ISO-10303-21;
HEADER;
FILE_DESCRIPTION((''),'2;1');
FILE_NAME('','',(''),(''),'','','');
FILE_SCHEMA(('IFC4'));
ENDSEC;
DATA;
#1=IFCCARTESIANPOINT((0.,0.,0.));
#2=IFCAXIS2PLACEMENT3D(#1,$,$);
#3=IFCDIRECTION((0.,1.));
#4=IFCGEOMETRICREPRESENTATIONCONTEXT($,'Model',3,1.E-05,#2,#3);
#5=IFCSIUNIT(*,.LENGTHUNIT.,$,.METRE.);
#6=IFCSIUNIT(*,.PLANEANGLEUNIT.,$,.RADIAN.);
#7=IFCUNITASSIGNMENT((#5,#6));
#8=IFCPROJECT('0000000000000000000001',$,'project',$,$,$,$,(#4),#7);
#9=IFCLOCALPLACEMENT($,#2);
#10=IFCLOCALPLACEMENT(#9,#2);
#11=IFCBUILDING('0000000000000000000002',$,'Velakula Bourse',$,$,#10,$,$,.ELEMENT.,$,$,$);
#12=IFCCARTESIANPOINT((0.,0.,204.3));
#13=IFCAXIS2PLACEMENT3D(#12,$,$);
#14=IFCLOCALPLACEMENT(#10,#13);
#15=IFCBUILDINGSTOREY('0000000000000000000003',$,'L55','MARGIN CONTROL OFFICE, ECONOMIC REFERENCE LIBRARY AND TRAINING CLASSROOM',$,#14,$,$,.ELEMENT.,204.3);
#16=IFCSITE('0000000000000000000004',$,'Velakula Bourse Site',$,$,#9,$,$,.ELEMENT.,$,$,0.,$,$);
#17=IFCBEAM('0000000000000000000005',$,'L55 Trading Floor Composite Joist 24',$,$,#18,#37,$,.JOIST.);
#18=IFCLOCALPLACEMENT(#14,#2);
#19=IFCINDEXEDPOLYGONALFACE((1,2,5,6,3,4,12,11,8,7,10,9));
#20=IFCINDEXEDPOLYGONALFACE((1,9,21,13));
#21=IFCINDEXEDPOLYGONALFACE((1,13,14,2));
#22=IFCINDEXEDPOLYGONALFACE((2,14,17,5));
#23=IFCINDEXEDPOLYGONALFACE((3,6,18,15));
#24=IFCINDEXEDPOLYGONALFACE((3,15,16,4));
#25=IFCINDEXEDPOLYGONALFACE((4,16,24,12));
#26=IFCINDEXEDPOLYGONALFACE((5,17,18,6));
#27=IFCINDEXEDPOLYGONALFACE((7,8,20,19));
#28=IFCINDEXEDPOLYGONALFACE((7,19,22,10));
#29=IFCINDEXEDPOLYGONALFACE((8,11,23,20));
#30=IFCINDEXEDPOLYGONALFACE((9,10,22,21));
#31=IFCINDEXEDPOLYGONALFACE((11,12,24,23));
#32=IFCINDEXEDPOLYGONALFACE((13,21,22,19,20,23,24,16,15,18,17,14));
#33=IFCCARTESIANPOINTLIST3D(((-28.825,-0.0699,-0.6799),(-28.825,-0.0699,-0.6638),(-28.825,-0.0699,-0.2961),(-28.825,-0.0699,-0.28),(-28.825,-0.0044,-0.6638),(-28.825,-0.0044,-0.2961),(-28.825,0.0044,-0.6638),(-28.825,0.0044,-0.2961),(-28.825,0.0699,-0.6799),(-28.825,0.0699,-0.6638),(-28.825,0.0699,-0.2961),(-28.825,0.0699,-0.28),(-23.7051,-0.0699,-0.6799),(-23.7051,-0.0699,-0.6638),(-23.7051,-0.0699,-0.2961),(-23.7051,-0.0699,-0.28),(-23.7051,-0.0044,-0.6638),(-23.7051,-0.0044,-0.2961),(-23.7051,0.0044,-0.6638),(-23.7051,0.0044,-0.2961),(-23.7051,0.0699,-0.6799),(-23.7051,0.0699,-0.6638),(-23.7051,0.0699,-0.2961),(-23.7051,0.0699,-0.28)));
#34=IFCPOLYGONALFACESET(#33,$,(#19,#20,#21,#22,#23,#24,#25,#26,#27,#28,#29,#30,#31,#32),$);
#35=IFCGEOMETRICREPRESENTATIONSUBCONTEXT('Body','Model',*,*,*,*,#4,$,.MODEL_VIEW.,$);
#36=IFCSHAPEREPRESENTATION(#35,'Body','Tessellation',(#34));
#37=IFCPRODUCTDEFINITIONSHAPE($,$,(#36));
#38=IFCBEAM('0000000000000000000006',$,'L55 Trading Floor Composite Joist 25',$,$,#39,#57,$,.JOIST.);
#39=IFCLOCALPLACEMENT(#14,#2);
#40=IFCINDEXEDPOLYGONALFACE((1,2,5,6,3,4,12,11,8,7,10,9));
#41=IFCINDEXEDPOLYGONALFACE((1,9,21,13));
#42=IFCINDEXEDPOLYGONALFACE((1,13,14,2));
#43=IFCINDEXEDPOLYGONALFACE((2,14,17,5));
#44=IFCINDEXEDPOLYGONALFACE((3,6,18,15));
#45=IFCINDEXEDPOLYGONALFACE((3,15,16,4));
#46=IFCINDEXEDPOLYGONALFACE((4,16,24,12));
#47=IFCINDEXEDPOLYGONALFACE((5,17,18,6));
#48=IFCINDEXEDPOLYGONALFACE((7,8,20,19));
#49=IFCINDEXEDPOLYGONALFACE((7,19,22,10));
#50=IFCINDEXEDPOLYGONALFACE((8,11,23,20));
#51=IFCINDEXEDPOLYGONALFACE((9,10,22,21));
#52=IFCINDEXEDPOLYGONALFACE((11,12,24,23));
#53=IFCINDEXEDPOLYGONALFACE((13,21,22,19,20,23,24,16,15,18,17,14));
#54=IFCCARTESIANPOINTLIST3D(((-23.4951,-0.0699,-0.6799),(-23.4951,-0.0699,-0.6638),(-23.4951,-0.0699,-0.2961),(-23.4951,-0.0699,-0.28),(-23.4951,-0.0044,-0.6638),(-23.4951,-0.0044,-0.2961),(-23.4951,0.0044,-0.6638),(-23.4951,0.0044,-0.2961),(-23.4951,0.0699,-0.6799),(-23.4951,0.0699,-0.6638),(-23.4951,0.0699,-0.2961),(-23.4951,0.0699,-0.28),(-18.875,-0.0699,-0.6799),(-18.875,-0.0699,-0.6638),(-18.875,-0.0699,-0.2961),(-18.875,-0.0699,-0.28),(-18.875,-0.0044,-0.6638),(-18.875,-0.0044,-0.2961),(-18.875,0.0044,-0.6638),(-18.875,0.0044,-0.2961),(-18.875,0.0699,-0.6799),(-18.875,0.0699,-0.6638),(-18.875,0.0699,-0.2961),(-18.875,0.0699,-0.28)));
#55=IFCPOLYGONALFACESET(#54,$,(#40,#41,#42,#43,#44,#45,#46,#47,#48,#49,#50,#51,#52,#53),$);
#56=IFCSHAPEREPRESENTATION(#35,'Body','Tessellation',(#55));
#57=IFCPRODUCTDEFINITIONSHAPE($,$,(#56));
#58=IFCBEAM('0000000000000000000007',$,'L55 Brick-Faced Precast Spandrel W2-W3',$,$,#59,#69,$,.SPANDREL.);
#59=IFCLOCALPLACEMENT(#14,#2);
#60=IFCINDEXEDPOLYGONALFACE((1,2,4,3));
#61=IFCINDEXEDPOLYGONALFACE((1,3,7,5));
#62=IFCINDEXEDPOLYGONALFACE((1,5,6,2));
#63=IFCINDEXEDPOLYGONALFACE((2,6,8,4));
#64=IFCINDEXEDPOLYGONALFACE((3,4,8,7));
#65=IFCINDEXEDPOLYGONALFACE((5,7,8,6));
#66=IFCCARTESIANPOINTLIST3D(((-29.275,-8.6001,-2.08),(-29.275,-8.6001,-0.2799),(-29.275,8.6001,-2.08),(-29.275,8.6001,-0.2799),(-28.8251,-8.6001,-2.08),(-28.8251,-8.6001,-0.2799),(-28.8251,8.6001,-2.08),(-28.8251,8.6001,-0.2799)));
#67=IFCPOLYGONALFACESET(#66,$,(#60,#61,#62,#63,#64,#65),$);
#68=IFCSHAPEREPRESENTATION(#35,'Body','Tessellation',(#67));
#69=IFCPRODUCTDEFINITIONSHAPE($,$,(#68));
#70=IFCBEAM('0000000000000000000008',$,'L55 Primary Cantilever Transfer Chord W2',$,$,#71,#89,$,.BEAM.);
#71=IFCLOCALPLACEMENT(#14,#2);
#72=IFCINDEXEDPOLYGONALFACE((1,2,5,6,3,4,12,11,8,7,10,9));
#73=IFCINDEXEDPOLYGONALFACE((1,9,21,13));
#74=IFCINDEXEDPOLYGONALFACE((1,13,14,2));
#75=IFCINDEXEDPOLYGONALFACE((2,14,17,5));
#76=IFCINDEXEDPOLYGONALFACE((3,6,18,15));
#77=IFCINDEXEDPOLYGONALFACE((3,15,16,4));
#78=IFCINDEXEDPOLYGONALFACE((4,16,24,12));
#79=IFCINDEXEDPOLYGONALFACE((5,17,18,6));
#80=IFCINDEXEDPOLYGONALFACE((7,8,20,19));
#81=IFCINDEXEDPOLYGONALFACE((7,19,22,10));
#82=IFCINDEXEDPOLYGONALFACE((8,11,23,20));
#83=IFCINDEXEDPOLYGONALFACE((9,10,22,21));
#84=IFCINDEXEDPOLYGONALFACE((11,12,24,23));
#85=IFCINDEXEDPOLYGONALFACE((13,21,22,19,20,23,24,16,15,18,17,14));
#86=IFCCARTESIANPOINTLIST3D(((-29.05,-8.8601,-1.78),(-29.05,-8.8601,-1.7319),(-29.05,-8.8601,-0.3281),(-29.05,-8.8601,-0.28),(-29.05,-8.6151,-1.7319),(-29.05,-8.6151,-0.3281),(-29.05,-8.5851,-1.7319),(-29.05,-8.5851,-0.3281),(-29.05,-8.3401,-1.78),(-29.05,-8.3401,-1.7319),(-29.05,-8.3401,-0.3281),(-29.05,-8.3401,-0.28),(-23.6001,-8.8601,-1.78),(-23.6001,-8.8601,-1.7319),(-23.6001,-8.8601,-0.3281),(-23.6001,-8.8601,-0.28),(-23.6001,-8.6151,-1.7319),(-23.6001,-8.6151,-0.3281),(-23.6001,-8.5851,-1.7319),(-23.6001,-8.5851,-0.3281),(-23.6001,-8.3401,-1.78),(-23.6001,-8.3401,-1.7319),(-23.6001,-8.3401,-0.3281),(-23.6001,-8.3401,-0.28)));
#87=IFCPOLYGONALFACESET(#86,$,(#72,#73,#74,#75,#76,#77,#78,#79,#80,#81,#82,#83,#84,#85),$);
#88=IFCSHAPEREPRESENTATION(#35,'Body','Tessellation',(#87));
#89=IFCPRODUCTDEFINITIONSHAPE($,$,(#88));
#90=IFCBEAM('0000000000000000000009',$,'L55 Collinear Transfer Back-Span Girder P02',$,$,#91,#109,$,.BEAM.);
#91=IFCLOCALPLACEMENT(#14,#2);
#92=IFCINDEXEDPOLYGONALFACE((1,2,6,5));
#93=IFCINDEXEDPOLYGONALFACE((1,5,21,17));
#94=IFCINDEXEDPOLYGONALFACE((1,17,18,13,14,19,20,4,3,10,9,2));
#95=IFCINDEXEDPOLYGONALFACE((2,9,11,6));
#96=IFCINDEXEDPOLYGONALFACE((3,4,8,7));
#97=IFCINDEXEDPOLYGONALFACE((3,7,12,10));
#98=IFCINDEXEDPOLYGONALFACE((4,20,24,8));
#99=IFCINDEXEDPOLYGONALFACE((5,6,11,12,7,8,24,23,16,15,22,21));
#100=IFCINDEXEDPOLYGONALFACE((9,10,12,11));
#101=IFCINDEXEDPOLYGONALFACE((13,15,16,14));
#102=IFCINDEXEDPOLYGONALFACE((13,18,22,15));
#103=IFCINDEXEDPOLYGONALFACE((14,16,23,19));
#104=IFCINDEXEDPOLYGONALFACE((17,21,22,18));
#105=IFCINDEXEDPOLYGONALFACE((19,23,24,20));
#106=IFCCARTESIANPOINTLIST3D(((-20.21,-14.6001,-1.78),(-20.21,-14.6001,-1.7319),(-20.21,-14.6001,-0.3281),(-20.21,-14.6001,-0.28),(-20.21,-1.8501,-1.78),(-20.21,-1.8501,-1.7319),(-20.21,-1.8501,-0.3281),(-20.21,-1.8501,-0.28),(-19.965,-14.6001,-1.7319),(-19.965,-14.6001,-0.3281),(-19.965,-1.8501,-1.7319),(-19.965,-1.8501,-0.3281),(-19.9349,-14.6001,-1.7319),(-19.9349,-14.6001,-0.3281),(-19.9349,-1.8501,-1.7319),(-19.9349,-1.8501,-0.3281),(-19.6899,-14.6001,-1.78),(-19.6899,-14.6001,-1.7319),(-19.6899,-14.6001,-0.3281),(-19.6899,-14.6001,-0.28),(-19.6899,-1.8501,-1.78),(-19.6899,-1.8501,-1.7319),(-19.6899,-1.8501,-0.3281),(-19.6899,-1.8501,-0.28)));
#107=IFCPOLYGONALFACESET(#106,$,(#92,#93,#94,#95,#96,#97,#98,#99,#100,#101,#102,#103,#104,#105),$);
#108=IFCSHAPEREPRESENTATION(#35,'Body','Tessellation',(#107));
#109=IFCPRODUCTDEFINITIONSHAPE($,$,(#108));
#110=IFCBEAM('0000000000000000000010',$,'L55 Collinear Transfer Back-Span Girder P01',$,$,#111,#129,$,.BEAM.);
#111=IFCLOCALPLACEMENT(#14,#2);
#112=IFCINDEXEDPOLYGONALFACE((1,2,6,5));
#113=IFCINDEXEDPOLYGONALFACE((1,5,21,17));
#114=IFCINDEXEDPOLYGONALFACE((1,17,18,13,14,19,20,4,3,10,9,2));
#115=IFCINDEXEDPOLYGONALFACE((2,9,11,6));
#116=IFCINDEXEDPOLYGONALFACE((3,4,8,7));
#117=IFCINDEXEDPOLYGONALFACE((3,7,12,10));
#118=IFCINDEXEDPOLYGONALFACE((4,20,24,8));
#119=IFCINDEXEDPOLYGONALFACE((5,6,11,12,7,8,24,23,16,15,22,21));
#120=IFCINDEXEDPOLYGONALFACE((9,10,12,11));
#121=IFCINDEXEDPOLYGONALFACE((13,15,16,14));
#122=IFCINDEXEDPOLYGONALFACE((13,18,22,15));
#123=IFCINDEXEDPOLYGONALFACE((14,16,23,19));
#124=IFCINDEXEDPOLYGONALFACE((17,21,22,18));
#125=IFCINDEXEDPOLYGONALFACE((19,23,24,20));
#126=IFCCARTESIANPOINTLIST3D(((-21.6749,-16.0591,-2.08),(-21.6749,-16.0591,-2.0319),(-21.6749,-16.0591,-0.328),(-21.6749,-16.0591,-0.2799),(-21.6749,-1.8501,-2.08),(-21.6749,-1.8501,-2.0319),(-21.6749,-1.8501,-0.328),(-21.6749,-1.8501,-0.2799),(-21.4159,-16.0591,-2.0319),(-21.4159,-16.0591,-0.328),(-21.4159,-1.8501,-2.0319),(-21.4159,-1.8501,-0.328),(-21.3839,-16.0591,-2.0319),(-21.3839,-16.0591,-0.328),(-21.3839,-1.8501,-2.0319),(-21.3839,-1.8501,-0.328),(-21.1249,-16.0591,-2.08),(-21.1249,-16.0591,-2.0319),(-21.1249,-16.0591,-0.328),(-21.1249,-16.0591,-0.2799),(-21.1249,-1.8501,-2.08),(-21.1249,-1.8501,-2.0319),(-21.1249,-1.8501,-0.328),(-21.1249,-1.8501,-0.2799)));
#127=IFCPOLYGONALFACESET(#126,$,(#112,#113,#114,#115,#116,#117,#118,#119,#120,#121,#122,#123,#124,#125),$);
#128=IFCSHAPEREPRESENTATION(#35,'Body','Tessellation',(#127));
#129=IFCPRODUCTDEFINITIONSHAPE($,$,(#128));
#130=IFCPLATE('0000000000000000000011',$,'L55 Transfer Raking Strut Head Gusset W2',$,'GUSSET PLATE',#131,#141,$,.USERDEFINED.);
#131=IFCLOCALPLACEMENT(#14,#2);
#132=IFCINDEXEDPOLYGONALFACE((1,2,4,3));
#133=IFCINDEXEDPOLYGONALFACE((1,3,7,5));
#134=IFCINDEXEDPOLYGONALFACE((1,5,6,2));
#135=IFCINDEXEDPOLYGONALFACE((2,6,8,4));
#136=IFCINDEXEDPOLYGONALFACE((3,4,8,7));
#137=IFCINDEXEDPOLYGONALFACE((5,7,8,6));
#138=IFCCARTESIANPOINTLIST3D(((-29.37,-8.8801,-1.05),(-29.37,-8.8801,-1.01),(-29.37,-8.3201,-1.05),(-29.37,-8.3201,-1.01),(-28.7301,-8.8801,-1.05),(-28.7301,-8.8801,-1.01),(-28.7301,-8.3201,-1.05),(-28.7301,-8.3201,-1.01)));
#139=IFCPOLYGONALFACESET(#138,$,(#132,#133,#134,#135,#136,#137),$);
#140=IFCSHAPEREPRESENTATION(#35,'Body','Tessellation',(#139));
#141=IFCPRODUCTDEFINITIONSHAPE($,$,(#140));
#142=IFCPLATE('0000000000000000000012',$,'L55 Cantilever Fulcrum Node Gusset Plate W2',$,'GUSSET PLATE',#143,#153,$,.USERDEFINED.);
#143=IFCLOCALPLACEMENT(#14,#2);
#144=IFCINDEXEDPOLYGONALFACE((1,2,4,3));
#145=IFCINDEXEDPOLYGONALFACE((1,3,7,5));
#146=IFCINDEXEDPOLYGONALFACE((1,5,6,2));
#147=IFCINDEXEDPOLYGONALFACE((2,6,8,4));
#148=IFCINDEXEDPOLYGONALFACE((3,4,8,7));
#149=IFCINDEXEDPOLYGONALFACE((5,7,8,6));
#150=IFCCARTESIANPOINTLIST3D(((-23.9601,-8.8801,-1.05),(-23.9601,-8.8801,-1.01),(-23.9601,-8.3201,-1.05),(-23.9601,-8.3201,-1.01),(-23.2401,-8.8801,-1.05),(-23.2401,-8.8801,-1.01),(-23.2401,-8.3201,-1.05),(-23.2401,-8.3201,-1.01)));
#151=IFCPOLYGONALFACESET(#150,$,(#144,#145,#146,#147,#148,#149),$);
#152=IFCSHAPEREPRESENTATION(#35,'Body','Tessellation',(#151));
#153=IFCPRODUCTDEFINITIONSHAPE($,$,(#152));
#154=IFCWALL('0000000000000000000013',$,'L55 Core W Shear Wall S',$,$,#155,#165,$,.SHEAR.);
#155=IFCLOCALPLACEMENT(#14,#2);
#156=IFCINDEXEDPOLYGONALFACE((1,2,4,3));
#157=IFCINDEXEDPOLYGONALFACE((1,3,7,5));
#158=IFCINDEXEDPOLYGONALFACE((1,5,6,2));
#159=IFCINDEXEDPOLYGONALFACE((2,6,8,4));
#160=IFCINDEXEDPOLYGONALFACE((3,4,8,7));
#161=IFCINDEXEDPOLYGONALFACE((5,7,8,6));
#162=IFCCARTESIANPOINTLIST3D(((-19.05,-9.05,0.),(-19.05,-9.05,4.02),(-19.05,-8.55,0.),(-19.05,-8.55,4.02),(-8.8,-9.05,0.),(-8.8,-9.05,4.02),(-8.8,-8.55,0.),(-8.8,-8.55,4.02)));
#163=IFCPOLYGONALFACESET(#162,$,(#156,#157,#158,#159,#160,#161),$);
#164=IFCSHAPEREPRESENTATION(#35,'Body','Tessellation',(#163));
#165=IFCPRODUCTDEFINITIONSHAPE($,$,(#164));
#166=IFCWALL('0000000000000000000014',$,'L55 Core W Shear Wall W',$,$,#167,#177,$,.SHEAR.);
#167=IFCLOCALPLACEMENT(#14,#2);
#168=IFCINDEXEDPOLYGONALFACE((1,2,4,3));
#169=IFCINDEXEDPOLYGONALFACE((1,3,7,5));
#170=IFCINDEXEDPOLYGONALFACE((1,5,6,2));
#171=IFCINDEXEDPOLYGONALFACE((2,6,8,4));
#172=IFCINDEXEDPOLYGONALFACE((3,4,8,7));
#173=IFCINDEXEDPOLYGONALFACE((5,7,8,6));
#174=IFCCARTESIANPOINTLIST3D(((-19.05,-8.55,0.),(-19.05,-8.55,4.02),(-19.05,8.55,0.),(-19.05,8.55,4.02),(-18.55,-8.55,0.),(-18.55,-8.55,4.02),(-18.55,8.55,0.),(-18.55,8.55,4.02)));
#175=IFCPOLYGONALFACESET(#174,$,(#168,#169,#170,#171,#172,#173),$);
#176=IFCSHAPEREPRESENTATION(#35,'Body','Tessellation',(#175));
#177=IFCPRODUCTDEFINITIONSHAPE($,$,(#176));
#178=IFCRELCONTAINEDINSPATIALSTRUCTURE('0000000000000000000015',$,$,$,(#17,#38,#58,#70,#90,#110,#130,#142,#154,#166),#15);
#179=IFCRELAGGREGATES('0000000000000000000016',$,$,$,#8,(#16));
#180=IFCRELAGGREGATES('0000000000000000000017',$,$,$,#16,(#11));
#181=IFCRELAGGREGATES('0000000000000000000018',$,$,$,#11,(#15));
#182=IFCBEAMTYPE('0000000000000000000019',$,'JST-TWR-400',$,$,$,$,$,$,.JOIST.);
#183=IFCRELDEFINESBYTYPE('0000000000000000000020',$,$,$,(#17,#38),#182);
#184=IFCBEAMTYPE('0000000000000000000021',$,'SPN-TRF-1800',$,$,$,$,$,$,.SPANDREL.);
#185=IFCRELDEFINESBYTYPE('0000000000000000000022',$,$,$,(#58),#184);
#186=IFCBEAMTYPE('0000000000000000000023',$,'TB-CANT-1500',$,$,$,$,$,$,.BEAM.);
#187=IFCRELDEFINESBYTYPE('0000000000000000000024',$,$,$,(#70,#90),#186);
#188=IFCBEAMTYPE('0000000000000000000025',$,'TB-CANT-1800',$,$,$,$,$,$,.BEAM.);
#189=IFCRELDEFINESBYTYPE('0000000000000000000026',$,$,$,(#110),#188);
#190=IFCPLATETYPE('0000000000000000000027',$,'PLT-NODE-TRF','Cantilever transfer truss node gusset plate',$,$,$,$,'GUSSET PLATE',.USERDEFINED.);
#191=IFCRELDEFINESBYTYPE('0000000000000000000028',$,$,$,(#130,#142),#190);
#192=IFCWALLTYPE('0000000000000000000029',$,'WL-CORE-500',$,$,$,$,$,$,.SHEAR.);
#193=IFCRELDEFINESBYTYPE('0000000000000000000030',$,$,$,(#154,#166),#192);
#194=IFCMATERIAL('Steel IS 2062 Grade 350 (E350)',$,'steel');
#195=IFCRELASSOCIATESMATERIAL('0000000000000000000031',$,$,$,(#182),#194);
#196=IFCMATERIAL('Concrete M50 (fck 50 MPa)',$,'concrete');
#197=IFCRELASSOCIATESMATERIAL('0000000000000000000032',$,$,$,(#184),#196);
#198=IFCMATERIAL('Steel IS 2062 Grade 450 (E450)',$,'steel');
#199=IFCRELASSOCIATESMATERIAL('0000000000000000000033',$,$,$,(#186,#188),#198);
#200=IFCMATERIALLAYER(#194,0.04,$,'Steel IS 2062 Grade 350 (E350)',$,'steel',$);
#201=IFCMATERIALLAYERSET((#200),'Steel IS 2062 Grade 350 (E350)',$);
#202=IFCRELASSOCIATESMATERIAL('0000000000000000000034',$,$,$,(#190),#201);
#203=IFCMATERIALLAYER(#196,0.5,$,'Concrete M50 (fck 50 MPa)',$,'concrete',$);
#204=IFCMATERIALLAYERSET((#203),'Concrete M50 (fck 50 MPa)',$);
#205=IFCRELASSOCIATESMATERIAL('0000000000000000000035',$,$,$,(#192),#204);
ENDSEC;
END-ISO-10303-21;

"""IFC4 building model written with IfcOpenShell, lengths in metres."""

from ifc_helpers import new_model, si_unit, direction, frame, frame_2d, origin, origin_2d, place, context, subcontext, project, spatial, rectangle, i_section, extrude, material, layer, layer_set, material_profile, profile_set, type_object, element, save


model = new_model("IFC4")

# Units and contexts
model_context = context("Model", 3, precision=1e-05, world=origin(), true_north=direction((0.0, 1.0)))
body_context = subcontext(model_context, "Body", "Model", "MODEL_VIEW")
ifc_project = project(units=[si_unit("LENGTHUNIT", "METRE"), si_unit("PLANEANGLEUNIT", "RADIAN")], contexts=[model_context])

# Site, building, storey
site_placement = place(None, origin())
site = spatial("IfcSite", under=ifc_project, at=site_placement, Name="Velakula Bourse Site", CompositionType="ELEMENT", RefElevation=0.0)
building_placement = place(site_placement, origin())
building = spatial("IfcBuilding", under=site, at=building_placement, Name="Velakula Bourse", CompositionType="ELEMENT")
storey_placement = place(building_placement, frame((0.0, 0.0, 204.3)))
storey = spatial("IfcBuildingStorey", under=building, at=storey_placement, Name="L55", Description="MARGIN CONTROL OFFICE, ECONOMIC REFERENCE LIBRARY AND TRAINING CLASSROOM", CompositionType="ELEMENT", Elevation=204.3)

# Shared definitions
ifc_material_1 = material(Name="Steel IS 2062 Grade 350 (E350)", Category="steel")

# Beams
ifc_material_profile_1 = material_profile(ifc_material_1, i_section(OverallWidth=0.1399, OverallDepth=0.3999, WebThickness=0.0088, FlangeThickness=0.0161, at=origin_2d()), Name="Steel IS 2062 Grade 350 (E350)")
ifc_profile_set_1 = profile_set([ifc_material_profile_1], Name="Steel IS 2062 Grade 350 (E350)")
beam_type_1 = type_object("IfcBeamType", Name="JST-TWR-400", PredefinedType="JOIST", material=ifc_profile_set_1)
beam_1_placement = place(storey_placement, frame((-28.825, 0.0, -0.48), z_axis=(1.0, 0.0, 0.0), x_axis=(0.0, 1.0, 0.0)))
element("IfcBeam", 1, at=beam_1_placement, inside=storey, type_object=beam_type_1, Name="L55 Trading Floor Composite Joist 24", PredefinedType="JOIST", context=body_context, shape_type="SweptSolid", body=[
    extrude(i_section(OverallWidth=0.1399, OverallDepth=0.3999, WebThickness=0.0088, FlangeThickness=0.0161, at=origin_2d()), origin(), (0.0, 0.0, 1.0), 5.1199),
])
beam_2_placement = place(storey_placement, frame((-23.4951, 0.0, -0.48), z_axis=(1.0, 0.0, 0.0), x_axis=(0.0, 1.0, 0.0)))
element("IfcBeam", 2, at=beam_2_placement, inside=storey, type_object=beam_type_1, Name="L55 Trading Floor Composite Joist 25", PredefinedType="JOIST", context=body_context, shape_type="SweptSolid", body=[
    extrude(i_section(OverallWidth=0.1399, OverallDepth=0.3999, WebThickness=0.0088, FlangeThickness=0.0161, at=origin_2d()), origin(), (0.0, 0.0, 1.0), 4.6201),
])
ifc_material_2 = material(Name="Concrete M50 (fck 50 MPa)", Category="concrete")
ifc_material_profile_2 = material_profile(ifc_material_2, rectangle(XDim=0.45, YDim=1.8, at=origin_2d()), Name="Concrete M50 (fck 50 MPa)")
ifc_profile_set_2 = profile_set([ifc_material_profile_2], Name="Concrete M50 (fck 50 MPa)")
beam_type_2 = type_object("IfcBeamType", Name="SPN-TRF-1800", PredefinedType="SPANDREL", material=ifc_profile_set_2)
beam_3_placement = place(storey_placement, frame((-29.05, -8.6001, -1.1799), z_axis=(0.0, 1.0, 0.0), x_axis=(-1.0, 0.0, 0.0)))
element("IfcBeam", 3, at=beam_3_placement, inside=storey, type_object=beam_type_2, Name="L55 Brick-Faced Precast Spandrel W2-W3", PredefinedType="SPANDREL", context=body_context, shape_type="SweptSolid", body=[
    extrude(rectangle(XDim=0.45, YDim=1.8, at=origin_2d()), origin(), (0.0, 0.0, 1.0), 17.2002),
])
ifc_material_3 = material(Name="Steel IS 2062 Grade 450 (E450)", Category="steel")
ifc_material_profile_3 = material_profile(ifc_material_3, i_section(OverallWidth=0.52, OverallDepth=1.5, WebThickness=0.03, FlangeThickness=0.0481, at=origin_2d()), Name="Steel IS 2062 Grade 450 (E450)")
ifc_profile_set_3 = profile_set([ifc_material_profile_3], Name="Steel IS 2062 Grade 450 (E450)")
beam_type_3 = type_object("IfcBeamType", Name="TB-CANT-1500", PredefinedType="BEAM", material=ifc_profile_set_3)
beam_4_placement = place(storey_placement, frame((-23.6001, -8.6001, -1.03), z_axis=(-1.0, 0.0, 0.0), x_axis=(0.0, -1.0, 0.0)))
element("IfcBeam", 4, at=beam_4_placement, inside=storey, type_object=beam_type_3, Name="L55 Primary Cantilever Transfer Chord W2", PredefinedType="BEAM", context=body_context, shape_type="SweptSolid", body=[
    extrude(i_section(OverallWidth=0.52, OverallDepth=1.5, WebThickness=0.03, FlangeThickness=0.0481, at=origin_2d()), origin(), (0.0, 0.0, 1.0), 5.45),
])
beam_5_placement = place(storey_placement, frame((-19.95, -1.8501, -1.03), z_axis=(0.0, -1.0, 0.0), x_axis=(1.0, 0.0, 0.0)))
element("IfcBeam", 5, at=beam_5_placement, inside=storey, type_object=beam_type_3, Name="L55 Collinear Transfer Back-Span Girder P02", PredefinedType="BEAM", context=body_context, shape_type="SweptSolid", body=[
    extrude(i_section(OverallWidth=0.52, OverallDepth=1.5, WebThickness=0.03, FlangeThickness=0.0481, at=origin_2d()), origin(), (0.0, 0.0, 1.0), 12.75),
])
ifc_material_profile_4 = material_profile(ifc_material_3, i_section(OverallWidth=0.55, OverallDepth=1.8, WebThickness=0.032, FlangeThickness=0.0481, at=origin_2d()), Name="Steel IS 2062 Grade 450 (E450)")
ifc_profile_set_4 = profile_set([ifc_material_profile_4], Name="Steel IS 2062 Grade 450 (E450)")
beam_type_4 = type_object("IfcBeamType", Name="TB-CANT-1800", PredefinedType="BEAM", material=ifc_profile_set_4)
beam_6_placement = place(storey_placement, frame((-21.3999, -1.8501, -1.1799), z_axis=(0.0, -1.0, 0.0), x_axis=(1.0, 0.0, 0.0)))
element("IfcBeam", 6, at=beam_6_placement, inside=storey, type_object=beam_type_4, Name="L55 Collinear Transfer Back-Span Girder P01", PredefinedType="BEAM", context=body_context, shape_type="SweptSolid", body=[
    extrude(i_section(OverallWidth=0.55, OverallDepth=1.8, WebThickness=0.032, FlangeThickness=0.0481, at=origin_2d()), origin(), (0.0, 0.0, 1.0), 14.209),
])

# Plates
ifc_layer_1 = layer(ifc_material_1, 0.04, Name="Steel IS 2062 Grade 350 (E350)", Category="steel")
ifc_layer_set_1 = layer_set([ifc_layer_1], Name="Steel IS 2062 Grade 350 (E350)")
plate_type = type_object("IfcPlateType", Name="PLT-NODE-TRF", Description="Cantilever transfer truss node gusset plate", ElementType="GUSSET PLATE", PredefinedType="USERDEFINED", material=ifc_layer_set_1)
plate_1_placement = place(storey_placement, frame((-29.05, -8.6001, -1.05), z_axis=(0.0, 0.0, 1.0), x_axis=(-1.0, 0.0, 0.0)))
element("IfcPlate", 7, at=plate_1_placement, inside=storey, type_object=plate_type, Name="L55 Transfer Raking Strut Head Gusset W2", ObjectType="GUSSET PLATE", PredefinedType="USERDEFINED", context=body_context, shape_type="SweptSolid", body=[
    extrude(rectangle(XDim=0.6399, YDim=0.5601, at=origin_2d()), origin(), (0.0, 0.0, 1.0), 0.04),
])
plate_2_placement = place(storey_placement, frame((-23.6001, -8.6001, -1.05), z_axis=(0.0, 0.0, 1.0), x_axis=(1.0, 0.0, 0.0)))
element("IfcPlate", 8, at=plate_2_placement, inside=storey, type_object=plate_type, Name="L55 Cantilever Fulcrum Node Gusset Plate W2", ObjectType="GUSSET PLATE", PredefinedType="USERDEFINED", context=body_context, shape_type="SweptSolid", body=[
    extrude(rectangle(XDim=0.72, YDim=0.5601, at=origin_2d()), origin(), (0.0, 0.0, 1.0), 0.04),
])

# Walls
ifc_layer_2 = layer(ifc_material_2, 0.5, Name="Concrete M50 (fck 50 MPa)", Category="concrete")
ifc_layer_set_2 = layer_set([ifc_layer_2], Name="Concrete M50 (fck 50 MPa)")
wall_type_1 = type_object("IfcWallType", Name="WL-CORE-500", PredefinedType="SHEAR", material=ifc_layer_set_2)
wall_1_placement = place(storey_placement, frame((-19.05, -8.8, 0.0), z_axis=(0.0, 0.0, 1.0), x_axis=(1.0, 0.0, 0.0)))
element("IfcWall", 9, at=wall_1_placement, inside=storey, type_object=wall_type_1, Name="L55 Core W Shear Wall S", PredefinedType="SHEAR", context=body_context, shape_type="SweptSolid", body=[
    extrude(rectangle(XDim=10.25, YDim=0.5, at=frame_2d((5.125, 0.0))), origin(), (0.0, 0.0, 1.0), 4.02),
])
wall_2_placement = place(storey_placement, frame((-18.8, -8.55, 0.0), z_axis=(0.0, 0.0, 1.0), x_axis=(0.0, 1.0, 0.0)))
element("IfcWall", 10, at=wall_2_placement, inside=storey, type_object=wall_type_1, Name="L55 Core W Shear Wall W", PredefinedType="SHEAR", context=body_context, shape_type="SweptSolid", body=[
    extrude(rectangle(XDim=17.1001, YDim=0.5, at=frame_2d((8.55, 0.0))), origin(), (0.0, 0.0, 1.0), 4.02),
])

save(model, "model.ifc")
